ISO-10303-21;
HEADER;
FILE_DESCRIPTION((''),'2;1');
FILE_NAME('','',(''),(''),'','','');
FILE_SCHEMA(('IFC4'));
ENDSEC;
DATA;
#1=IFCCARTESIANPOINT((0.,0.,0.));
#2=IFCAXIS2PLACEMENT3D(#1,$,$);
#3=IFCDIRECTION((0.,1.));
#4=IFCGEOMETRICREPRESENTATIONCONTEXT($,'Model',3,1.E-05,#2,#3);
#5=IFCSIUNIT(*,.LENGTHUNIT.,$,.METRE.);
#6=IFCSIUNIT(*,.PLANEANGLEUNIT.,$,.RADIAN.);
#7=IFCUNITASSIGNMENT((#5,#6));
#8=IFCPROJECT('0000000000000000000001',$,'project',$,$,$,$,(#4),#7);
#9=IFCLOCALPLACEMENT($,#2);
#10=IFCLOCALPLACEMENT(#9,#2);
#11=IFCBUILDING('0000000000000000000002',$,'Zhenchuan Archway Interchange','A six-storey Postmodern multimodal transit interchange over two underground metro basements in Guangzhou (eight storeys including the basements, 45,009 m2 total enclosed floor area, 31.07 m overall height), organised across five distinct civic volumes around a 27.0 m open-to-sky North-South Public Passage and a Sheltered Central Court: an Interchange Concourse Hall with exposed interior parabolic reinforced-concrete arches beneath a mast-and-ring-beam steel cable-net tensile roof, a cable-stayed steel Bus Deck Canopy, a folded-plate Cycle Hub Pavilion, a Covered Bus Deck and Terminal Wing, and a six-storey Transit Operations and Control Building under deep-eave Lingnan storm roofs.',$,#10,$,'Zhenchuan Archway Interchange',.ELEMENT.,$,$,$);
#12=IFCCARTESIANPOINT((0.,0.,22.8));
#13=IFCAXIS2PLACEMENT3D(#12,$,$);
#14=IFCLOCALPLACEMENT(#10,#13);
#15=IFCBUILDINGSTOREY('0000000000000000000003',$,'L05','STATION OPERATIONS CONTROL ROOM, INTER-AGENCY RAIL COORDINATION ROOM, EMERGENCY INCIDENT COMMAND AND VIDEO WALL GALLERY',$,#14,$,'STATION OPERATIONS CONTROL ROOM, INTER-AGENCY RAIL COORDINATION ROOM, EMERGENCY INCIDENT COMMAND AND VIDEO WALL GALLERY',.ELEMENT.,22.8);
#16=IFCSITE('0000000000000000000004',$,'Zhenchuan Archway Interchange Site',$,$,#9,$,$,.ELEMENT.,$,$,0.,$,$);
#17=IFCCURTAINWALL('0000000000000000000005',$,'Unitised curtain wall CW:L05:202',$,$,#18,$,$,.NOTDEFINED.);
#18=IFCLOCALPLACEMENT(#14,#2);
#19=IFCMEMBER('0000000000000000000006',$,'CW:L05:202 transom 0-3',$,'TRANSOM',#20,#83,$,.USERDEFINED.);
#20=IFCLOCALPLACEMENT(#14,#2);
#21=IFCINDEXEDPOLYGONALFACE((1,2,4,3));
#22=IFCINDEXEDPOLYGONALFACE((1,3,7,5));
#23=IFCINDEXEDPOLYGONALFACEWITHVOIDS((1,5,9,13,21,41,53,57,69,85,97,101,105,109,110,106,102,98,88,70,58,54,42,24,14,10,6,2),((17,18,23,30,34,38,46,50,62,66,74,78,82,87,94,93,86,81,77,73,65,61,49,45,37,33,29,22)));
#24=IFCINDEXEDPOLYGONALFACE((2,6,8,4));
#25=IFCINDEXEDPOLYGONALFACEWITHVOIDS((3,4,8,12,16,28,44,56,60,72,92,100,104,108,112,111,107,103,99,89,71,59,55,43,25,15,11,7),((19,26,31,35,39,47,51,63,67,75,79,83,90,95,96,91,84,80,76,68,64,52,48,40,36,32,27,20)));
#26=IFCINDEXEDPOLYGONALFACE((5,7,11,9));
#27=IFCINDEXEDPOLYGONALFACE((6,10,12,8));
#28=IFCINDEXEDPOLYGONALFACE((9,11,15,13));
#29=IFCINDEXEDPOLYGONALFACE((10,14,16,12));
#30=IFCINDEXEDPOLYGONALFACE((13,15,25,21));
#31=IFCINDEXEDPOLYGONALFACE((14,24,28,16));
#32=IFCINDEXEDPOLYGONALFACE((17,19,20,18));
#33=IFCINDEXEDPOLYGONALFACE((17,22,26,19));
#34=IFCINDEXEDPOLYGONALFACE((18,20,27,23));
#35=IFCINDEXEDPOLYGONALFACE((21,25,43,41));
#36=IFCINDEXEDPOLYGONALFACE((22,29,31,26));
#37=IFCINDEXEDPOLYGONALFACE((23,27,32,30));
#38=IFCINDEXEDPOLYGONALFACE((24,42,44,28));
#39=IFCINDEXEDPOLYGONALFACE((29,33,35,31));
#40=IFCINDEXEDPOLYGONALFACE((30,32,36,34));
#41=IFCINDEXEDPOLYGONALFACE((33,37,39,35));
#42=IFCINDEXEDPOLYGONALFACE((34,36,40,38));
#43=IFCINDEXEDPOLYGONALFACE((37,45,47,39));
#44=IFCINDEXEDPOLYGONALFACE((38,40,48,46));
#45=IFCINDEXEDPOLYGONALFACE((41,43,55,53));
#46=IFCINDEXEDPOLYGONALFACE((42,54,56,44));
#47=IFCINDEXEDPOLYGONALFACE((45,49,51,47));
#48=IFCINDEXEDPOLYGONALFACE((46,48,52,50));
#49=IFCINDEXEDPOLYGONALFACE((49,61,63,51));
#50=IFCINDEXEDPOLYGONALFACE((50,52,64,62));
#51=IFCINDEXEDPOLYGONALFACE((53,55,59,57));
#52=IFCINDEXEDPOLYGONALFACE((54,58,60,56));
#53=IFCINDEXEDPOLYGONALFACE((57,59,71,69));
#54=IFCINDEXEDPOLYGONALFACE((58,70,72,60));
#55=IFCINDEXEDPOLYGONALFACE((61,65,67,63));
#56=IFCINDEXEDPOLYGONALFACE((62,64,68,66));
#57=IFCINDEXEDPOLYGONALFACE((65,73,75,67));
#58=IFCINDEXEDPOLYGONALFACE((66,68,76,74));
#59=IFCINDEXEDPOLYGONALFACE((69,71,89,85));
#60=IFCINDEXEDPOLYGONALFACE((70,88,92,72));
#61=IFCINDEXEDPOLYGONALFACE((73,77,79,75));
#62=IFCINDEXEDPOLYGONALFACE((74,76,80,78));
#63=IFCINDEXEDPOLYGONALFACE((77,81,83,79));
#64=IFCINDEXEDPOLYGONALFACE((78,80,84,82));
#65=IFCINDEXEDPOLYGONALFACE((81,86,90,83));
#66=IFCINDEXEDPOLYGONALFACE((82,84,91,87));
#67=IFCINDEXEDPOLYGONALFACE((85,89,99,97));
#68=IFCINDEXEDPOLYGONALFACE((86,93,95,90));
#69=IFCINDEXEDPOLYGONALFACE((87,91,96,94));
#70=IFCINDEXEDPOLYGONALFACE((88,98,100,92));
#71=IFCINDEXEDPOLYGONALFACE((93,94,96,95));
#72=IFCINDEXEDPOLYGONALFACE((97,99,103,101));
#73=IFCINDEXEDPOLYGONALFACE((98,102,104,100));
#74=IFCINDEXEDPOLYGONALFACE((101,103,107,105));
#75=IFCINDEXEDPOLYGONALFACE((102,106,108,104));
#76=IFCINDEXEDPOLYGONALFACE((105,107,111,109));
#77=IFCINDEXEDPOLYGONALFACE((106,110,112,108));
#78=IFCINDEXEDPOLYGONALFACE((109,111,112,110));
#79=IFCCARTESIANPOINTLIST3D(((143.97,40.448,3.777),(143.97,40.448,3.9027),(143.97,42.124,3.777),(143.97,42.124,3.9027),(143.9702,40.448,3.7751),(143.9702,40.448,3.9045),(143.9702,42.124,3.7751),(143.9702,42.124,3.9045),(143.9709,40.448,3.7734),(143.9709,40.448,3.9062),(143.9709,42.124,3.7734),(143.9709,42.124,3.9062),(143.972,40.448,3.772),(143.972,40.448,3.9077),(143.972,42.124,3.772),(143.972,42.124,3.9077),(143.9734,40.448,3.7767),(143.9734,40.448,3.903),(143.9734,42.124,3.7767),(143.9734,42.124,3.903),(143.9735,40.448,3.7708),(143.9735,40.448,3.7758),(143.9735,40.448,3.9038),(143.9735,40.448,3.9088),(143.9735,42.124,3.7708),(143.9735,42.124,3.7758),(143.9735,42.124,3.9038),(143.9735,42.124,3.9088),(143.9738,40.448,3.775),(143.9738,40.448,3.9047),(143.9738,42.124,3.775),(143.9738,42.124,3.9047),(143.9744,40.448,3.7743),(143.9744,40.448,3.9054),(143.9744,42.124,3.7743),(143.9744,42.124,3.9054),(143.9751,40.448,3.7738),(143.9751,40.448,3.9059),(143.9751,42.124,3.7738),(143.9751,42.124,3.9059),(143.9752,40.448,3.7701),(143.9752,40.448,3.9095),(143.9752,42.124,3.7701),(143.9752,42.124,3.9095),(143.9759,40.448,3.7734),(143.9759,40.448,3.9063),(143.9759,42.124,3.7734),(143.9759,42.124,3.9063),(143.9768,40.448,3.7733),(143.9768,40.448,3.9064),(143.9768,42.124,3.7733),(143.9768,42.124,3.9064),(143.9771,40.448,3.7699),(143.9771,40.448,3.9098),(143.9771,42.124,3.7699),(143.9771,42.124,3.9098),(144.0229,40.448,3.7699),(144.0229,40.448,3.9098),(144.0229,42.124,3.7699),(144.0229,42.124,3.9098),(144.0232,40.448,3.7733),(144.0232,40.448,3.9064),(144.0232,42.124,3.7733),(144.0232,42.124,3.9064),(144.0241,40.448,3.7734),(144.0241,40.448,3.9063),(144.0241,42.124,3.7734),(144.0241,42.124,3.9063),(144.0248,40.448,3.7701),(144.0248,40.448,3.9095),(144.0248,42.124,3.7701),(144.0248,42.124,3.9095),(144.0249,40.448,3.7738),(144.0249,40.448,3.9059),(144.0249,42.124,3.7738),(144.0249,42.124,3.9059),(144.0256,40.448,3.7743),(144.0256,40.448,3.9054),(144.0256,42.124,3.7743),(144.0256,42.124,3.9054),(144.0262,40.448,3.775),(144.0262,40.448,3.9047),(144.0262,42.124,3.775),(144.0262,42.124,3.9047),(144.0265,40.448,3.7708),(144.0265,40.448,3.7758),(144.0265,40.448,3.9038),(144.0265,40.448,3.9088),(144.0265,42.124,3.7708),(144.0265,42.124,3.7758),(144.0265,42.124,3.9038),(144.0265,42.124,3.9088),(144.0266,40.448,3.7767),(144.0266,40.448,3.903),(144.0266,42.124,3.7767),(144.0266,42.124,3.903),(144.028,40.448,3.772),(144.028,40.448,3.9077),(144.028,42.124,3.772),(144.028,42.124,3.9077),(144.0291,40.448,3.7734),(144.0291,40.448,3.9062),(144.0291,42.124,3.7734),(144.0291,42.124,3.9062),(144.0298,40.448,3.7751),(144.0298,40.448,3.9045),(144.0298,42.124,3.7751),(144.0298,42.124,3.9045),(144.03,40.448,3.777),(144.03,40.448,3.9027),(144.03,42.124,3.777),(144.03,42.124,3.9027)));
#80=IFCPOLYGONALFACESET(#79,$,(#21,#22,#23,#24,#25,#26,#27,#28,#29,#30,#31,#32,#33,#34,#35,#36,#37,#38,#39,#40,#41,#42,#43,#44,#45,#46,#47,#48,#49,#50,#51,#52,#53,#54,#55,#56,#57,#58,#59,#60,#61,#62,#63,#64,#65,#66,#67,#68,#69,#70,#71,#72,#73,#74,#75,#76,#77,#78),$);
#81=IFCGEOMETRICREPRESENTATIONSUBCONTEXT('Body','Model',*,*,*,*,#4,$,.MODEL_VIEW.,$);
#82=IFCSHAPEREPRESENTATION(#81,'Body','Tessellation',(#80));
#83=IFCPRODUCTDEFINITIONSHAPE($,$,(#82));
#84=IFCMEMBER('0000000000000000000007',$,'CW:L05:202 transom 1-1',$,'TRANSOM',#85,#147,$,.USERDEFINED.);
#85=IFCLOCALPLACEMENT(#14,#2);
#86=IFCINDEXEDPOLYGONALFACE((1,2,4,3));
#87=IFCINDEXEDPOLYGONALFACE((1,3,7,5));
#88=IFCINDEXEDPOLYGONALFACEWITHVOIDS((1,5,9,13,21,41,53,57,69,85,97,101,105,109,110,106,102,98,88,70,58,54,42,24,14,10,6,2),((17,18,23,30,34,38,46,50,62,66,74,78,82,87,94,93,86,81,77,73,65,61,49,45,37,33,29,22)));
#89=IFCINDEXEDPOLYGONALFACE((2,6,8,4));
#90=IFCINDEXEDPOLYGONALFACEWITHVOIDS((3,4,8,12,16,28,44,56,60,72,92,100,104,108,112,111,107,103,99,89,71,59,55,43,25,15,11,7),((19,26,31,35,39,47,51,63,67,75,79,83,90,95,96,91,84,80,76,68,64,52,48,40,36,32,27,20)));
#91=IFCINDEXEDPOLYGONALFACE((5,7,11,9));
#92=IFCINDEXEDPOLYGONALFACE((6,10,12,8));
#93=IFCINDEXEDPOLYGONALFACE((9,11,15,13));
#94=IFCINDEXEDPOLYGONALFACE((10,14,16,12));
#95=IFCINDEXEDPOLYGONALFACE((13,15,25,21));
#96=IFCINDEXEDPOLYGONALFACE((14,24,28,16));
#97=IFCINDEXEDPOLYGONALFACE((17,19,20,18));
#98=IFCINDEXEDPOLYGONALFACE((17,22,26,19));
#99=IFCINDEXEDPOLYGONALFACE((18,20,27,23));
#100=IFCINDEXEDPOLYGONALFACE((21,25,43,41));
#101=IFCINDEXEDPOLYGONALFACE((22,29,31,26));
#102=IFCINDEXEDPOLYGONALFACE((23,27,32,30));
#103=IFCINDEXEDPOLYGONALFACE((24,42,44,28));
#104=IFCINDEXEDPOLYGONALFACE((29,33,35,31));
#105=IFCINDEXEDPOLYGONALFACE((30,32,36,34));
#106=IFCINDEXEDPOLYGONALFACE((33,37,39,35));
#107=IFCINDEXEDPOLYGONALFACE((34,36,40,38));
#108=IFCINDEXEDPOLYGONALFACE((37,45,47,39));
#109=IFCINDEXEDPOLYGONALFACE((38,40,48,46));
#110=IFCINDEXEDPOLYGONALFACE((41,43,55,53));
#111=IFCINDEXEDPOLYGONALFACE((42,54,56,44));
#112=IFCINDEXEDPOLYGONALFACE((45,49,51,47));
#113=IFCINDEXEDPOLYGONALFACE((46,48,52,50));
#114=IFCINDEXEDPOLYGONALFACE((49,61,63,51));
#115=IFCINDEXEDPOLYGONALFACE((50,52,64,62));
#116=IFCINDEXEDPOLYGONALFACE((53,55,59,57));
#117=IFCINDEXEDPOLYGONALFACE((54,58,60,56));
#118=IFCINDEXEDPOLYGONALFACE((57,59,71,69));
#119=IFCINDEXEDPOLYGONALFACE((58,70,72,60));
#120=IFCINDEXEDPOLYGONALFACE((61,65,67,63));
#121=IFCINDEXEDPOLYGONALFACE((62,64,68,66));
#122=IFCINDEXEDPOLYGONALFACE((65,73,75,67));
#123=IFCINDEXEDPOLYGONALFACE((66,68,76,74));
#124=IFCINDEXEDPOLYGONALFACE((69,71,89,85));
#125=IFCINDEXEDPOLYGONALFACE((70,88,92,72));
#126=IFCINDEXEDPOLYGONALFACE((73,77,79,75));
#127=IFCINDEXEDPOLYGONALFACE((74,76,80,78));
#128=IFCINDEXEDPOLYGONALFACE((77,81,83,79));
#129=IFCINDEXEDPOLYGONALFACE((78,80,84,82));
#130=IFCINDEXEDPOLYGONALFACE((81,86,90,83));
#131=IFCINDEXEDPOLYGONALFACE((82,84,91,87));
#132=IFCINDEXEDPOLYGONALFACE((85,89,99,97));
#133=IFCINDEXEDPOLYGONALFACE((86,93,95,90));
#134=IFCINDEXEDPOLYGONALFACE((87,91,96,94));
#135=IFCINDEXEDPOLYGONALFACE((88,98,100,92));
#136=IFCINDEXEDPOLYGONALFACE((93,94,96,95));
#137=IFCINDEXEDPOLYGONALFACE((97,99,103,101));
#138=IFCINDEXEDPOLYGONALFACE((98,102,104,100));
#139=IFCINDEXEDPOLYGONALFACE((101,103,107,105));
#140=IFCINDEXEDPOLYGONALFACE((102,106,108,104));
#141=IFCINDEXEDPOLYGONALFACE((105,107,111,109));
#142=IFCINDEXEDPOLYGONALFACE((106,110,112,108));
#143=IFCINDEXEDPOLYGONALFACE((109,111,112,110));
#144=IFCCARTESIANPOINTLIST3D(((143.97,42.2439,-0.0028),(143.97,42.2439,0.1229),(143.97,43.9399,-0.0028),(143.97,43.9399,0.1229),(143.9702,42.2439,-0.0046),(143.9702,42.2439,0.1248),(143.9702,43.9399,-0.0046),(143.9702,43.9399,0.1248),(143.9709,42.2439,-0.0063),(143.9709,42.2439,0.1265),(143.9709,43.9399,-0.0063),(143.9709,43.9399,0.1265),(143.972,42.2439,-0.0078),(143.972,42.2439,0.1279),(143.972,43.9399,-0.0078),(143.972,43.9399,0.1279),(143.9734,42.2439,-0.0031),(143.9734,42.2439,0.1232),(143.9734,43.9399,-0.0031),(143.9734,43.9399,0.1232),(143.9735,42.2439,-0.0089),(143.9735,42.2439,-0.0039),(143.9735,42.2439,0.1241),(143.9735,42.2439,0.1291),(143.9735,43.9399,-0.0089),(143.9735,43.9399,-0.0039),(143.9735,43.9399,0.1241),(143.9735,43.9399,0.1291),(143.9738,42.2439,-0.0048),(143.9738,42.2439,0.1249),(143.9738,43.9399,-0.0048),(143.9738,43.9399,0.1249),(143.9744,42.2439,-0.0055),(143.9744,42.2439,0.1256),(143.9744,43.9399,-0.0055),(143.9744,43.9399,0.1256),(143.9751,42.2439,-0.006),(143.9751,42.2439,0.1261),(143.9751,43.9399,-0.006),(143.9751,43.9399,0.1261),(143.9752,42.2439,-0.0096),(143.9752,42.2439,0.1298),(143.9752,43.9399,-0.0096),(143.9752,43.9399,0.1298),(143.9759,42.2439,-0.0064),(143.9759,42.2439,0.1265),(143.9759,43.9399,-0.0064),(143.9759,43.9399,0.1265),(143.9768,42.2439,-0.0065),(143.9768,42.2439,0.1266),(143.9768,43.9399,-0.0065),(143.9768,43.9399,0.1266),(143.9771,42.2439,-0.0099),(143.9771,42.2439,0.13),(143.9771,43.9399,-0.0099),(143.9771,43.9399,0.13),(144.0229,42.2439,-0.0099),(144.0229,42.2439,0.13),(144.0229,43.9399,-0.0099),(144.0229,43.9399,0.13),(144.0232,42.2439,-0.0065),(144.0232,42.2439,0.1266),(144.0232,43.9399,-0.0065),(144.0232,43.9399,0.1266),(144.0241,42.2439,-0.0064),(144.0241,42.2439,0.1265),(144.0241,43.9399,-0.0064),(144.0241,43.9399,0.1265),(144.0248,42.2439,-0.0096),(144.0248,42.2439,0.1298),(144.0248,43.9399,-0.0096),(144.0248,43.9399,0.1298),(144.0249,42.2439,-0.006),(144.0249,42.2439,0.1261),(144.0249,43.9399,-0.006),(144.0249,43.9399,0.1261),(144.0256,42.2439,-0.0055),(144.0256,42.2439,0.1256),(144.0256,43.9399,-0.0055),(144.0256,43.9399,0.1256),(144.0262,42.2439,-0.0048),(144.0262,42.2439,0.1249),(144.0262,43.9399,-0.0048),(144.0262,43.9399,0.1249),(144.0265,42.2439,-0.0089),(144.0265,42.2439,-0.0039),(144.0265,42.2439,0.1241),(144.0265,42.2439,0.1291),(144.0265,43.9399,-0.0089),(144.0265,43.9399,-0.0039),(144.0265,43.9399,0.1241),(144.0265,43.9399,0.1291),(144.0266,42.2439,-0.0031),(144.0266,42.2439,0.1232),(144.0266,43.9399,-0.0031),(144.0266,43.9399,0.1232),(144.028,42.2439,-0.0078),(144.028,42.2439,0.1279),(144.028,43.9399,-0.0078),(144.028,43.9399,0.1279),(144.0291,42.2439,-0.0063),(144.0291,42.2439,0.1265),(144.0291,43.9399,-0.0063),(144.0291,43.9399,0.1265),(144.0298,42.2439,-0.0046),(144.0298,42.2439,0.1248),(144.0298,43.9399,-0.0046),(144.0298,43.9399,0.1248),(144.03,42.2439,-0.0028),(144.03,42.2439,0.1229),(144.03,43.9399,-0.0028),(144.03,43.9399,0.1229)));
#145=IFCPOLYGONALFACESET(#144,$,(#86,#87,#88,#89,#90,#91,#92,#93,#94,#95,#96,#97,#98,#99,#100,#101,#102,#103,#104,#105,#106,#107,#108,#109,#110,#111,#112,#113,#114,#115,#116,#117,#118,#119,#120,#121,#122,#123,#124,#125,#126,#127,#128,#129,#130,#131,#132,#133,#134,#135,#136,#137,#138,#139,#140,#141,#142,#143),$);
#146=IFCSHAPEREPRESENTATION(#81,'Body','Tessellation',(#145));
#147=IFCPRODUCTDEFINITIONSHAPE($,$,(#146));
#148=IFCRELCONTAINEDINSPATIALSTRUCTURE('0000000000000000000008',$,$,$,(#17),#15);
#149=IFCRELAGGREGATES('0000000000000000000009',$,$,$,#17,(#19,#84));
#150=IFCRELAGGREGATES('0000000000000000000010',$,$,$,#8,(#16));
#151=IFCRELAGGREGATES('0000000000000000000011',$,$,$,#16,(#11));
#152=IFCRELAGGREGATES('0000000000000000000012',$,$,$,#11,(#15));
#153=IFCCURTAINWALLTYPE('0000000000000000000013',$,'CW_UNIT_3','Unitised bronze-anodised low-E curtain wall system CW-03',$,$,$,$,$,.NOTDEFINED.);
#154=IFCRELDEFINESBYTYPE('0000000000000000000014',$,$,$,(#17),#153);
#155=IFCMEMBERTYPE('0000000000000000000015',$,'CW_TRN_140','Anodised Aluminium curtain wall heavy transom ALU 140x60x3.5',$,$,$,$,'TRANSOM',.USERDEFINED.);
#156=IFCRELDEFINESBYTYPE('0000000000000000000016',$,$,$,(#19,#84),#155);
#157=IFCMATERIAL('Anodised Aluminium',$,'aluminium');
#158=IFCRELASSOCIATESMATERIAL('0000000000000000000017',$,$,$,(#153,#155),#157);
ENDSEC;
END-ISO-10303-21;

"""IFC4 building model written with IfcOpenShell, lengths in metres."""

from ifc_helpers import new_model, si_unit, direction, frame, origin, origin_2d, place, context, subcontext, project, spatial, hollow_rectangle, extrude, material, material_profile, profile_set, type_object, element, aggregate, save


model = new_model("IFC4")

# Units and contexts
model_context = context("Model", 3, precision=1e-05, world=origin(), true_north=direction((0.0, 1.0)))
body_context = subcontext(model_context, "Body", "Model", "MODEL_VIEW")
ifc_project = project(units=[si_unit("LENGTHUNIT", "METRE"), si_unit("PLANEANGLEUNIT", "RADIAN")], contexts=[model_context])

# Site, building, storey
site_placement = place(None, origin())
site = spatial("IfcSite", under=ifc_project, at=site_placement, Name="Zhenchuan Archway Interchange Site", CompositionType="ELEMENT", RefElevation=0.0)
building_placement = place(site_placement, origin())
building = spatial("IfcBuilding", under=site, at=building_placement, Name="Zhenchuan Archway Interchange", Description="A six-storey Postmodern multimodal transit interchange over two underground metro basements in Guangzhou (eight storeys including the basements, 45,009 m2 total enclosed floor area, 31.07 m overall height), organised across five distinct civic volumes around a 27.0 m open-to-sky North-South Public Passage and a Sheltered Central Court: an Interchange Concourse Hall with exposed interior parabolic reinforced-concrete arches beneath a mast-and-ring-beam steel cable-net tensile roof, a cable-stayed steel Bus Deck Canopy, a folded-plate Cycle Hub Pavilion, a Covered Bus Deck and Terminal Wing, and a six-storey Transit Operations and Control Building under deep-eave Lingnan storm roofs.", LongName="Zhenchuan Archway Interchange", CompositionType="ELEMENT")
storey_placement = place(building_placement, frame((0.0, 0.0, 22.8)))
storey = spatial("IfcBuildingStorey", under=building, at=storey_placement, Name="L05", Description="STATION OPERATIONS CONTROL ROOM, INTER-AGENCY RAIL COORDINATION ROOM, EMERGENCY INCIDENT COMMAND AND VIDEO WALL GALLERY", LongName="STATION OPERATIONS CONTROL ROOM, INTER-AGENCY RAIL COORDINATION ROOM, EMERGENCY INCIDENT COMMAND AND VIDEO WALL GALLERY", CompositionType="ELEMENT", Elevation=22.8)

# Curtain wall, members
ifc_material_1 = material(Name="Anodised Aluminium", Category="aluminium")
curtain_wall_type = type_object("IfcCurtainWallType", Name="CW_UNIT_3", Description="Unitised bronze-anodised low-E curtain wall system CW-03", PredefinedType="NOTDEFINED", material=ifc_material_1)
curtain_wall_placement = place(storey_placement, origin())
curtain_wall = element("IfcCurtainWall", 1, at=curtain_wall_placement, inside=storey, type_object=curtain_wall_type, Name="Unitised curtain wall CW:L05:202", PredefinedType="NOTDEFINED")
ifc_material_profile_1 = material_profile(ifc_material_1, hollow_rectangle(XDim=0.0601, YDim=0.1399, WallThickness=0.0034, InnerFilletRadius=0.0034, OuterFilletRadius=0.0071, at=origin_2d()), Name="ALU 140x60x3.5")
ifc_profile_set_1 = profile_set([ifc_material_profile_1], Name="Anodised Aluminium")
member_type_1 = type_object("IfcMemberType", Name="CW_TRN_140", Description="Anodised Aluminium curtain wall heavy transom ALU 140x60x3.5", ElementType="TRANSOM", PredefinedType="USERDEFINED", material=ifc_profile_set_1)
member_1_placement = place(storey_placement, frame((144.0, 40.448, 3.8398), z_axis=(0.0, 1.0, 0.0), x_axis=(-1.0, 0.0, 0.0)))
member_1 = element("IfcMember", 2, at=member_1_placement, type_object=member_type_1, Name="CW:L05:202 transom 0-3", ObjectType="TRANSOM", PredefinedType="USERDEFINED", context=body_context, shape_type="SweptSolid", body=[
    extrude(hollow_rectangle(XDim=0.0601, YDim=0.1399, WallThickness=0.0034, InnerFilletRadius=0.0034, OuterFilletRadius=0.0071, at=origin_2d()), origin(), (0.0, 0.0, 1.0), 1.676),
])
member_2_placement = place(storey_placement, frame((144.0, 42.2439, 0.0601), z_axis=(0.0, 1.0, 0.0), x_axis=(-1.0, 0.0, 0.0)))
member_2 = element("IfcMember", 3, at=member_2_placement, type_object=member_type_1, Name="CW:L05:202 transom 1-1", ObjectType="TRANSOM", PredefinedType="USERDEFINED", context=body_context, shape_type="SweptSolid", body=[
    extrude(hollow_rectangle(XDim=0.0601, YDim=0.1399, WallThickness=0.0034, InnerFilletRadius=0.0034, OuterFilletRadius=0.0071, at=origin_2d()), origin(), (0.0, 0.0, 1.0), 1.696),
])
aggregate(curtain_wall, [member_1, member_2])

save(model, "model.ifc")
